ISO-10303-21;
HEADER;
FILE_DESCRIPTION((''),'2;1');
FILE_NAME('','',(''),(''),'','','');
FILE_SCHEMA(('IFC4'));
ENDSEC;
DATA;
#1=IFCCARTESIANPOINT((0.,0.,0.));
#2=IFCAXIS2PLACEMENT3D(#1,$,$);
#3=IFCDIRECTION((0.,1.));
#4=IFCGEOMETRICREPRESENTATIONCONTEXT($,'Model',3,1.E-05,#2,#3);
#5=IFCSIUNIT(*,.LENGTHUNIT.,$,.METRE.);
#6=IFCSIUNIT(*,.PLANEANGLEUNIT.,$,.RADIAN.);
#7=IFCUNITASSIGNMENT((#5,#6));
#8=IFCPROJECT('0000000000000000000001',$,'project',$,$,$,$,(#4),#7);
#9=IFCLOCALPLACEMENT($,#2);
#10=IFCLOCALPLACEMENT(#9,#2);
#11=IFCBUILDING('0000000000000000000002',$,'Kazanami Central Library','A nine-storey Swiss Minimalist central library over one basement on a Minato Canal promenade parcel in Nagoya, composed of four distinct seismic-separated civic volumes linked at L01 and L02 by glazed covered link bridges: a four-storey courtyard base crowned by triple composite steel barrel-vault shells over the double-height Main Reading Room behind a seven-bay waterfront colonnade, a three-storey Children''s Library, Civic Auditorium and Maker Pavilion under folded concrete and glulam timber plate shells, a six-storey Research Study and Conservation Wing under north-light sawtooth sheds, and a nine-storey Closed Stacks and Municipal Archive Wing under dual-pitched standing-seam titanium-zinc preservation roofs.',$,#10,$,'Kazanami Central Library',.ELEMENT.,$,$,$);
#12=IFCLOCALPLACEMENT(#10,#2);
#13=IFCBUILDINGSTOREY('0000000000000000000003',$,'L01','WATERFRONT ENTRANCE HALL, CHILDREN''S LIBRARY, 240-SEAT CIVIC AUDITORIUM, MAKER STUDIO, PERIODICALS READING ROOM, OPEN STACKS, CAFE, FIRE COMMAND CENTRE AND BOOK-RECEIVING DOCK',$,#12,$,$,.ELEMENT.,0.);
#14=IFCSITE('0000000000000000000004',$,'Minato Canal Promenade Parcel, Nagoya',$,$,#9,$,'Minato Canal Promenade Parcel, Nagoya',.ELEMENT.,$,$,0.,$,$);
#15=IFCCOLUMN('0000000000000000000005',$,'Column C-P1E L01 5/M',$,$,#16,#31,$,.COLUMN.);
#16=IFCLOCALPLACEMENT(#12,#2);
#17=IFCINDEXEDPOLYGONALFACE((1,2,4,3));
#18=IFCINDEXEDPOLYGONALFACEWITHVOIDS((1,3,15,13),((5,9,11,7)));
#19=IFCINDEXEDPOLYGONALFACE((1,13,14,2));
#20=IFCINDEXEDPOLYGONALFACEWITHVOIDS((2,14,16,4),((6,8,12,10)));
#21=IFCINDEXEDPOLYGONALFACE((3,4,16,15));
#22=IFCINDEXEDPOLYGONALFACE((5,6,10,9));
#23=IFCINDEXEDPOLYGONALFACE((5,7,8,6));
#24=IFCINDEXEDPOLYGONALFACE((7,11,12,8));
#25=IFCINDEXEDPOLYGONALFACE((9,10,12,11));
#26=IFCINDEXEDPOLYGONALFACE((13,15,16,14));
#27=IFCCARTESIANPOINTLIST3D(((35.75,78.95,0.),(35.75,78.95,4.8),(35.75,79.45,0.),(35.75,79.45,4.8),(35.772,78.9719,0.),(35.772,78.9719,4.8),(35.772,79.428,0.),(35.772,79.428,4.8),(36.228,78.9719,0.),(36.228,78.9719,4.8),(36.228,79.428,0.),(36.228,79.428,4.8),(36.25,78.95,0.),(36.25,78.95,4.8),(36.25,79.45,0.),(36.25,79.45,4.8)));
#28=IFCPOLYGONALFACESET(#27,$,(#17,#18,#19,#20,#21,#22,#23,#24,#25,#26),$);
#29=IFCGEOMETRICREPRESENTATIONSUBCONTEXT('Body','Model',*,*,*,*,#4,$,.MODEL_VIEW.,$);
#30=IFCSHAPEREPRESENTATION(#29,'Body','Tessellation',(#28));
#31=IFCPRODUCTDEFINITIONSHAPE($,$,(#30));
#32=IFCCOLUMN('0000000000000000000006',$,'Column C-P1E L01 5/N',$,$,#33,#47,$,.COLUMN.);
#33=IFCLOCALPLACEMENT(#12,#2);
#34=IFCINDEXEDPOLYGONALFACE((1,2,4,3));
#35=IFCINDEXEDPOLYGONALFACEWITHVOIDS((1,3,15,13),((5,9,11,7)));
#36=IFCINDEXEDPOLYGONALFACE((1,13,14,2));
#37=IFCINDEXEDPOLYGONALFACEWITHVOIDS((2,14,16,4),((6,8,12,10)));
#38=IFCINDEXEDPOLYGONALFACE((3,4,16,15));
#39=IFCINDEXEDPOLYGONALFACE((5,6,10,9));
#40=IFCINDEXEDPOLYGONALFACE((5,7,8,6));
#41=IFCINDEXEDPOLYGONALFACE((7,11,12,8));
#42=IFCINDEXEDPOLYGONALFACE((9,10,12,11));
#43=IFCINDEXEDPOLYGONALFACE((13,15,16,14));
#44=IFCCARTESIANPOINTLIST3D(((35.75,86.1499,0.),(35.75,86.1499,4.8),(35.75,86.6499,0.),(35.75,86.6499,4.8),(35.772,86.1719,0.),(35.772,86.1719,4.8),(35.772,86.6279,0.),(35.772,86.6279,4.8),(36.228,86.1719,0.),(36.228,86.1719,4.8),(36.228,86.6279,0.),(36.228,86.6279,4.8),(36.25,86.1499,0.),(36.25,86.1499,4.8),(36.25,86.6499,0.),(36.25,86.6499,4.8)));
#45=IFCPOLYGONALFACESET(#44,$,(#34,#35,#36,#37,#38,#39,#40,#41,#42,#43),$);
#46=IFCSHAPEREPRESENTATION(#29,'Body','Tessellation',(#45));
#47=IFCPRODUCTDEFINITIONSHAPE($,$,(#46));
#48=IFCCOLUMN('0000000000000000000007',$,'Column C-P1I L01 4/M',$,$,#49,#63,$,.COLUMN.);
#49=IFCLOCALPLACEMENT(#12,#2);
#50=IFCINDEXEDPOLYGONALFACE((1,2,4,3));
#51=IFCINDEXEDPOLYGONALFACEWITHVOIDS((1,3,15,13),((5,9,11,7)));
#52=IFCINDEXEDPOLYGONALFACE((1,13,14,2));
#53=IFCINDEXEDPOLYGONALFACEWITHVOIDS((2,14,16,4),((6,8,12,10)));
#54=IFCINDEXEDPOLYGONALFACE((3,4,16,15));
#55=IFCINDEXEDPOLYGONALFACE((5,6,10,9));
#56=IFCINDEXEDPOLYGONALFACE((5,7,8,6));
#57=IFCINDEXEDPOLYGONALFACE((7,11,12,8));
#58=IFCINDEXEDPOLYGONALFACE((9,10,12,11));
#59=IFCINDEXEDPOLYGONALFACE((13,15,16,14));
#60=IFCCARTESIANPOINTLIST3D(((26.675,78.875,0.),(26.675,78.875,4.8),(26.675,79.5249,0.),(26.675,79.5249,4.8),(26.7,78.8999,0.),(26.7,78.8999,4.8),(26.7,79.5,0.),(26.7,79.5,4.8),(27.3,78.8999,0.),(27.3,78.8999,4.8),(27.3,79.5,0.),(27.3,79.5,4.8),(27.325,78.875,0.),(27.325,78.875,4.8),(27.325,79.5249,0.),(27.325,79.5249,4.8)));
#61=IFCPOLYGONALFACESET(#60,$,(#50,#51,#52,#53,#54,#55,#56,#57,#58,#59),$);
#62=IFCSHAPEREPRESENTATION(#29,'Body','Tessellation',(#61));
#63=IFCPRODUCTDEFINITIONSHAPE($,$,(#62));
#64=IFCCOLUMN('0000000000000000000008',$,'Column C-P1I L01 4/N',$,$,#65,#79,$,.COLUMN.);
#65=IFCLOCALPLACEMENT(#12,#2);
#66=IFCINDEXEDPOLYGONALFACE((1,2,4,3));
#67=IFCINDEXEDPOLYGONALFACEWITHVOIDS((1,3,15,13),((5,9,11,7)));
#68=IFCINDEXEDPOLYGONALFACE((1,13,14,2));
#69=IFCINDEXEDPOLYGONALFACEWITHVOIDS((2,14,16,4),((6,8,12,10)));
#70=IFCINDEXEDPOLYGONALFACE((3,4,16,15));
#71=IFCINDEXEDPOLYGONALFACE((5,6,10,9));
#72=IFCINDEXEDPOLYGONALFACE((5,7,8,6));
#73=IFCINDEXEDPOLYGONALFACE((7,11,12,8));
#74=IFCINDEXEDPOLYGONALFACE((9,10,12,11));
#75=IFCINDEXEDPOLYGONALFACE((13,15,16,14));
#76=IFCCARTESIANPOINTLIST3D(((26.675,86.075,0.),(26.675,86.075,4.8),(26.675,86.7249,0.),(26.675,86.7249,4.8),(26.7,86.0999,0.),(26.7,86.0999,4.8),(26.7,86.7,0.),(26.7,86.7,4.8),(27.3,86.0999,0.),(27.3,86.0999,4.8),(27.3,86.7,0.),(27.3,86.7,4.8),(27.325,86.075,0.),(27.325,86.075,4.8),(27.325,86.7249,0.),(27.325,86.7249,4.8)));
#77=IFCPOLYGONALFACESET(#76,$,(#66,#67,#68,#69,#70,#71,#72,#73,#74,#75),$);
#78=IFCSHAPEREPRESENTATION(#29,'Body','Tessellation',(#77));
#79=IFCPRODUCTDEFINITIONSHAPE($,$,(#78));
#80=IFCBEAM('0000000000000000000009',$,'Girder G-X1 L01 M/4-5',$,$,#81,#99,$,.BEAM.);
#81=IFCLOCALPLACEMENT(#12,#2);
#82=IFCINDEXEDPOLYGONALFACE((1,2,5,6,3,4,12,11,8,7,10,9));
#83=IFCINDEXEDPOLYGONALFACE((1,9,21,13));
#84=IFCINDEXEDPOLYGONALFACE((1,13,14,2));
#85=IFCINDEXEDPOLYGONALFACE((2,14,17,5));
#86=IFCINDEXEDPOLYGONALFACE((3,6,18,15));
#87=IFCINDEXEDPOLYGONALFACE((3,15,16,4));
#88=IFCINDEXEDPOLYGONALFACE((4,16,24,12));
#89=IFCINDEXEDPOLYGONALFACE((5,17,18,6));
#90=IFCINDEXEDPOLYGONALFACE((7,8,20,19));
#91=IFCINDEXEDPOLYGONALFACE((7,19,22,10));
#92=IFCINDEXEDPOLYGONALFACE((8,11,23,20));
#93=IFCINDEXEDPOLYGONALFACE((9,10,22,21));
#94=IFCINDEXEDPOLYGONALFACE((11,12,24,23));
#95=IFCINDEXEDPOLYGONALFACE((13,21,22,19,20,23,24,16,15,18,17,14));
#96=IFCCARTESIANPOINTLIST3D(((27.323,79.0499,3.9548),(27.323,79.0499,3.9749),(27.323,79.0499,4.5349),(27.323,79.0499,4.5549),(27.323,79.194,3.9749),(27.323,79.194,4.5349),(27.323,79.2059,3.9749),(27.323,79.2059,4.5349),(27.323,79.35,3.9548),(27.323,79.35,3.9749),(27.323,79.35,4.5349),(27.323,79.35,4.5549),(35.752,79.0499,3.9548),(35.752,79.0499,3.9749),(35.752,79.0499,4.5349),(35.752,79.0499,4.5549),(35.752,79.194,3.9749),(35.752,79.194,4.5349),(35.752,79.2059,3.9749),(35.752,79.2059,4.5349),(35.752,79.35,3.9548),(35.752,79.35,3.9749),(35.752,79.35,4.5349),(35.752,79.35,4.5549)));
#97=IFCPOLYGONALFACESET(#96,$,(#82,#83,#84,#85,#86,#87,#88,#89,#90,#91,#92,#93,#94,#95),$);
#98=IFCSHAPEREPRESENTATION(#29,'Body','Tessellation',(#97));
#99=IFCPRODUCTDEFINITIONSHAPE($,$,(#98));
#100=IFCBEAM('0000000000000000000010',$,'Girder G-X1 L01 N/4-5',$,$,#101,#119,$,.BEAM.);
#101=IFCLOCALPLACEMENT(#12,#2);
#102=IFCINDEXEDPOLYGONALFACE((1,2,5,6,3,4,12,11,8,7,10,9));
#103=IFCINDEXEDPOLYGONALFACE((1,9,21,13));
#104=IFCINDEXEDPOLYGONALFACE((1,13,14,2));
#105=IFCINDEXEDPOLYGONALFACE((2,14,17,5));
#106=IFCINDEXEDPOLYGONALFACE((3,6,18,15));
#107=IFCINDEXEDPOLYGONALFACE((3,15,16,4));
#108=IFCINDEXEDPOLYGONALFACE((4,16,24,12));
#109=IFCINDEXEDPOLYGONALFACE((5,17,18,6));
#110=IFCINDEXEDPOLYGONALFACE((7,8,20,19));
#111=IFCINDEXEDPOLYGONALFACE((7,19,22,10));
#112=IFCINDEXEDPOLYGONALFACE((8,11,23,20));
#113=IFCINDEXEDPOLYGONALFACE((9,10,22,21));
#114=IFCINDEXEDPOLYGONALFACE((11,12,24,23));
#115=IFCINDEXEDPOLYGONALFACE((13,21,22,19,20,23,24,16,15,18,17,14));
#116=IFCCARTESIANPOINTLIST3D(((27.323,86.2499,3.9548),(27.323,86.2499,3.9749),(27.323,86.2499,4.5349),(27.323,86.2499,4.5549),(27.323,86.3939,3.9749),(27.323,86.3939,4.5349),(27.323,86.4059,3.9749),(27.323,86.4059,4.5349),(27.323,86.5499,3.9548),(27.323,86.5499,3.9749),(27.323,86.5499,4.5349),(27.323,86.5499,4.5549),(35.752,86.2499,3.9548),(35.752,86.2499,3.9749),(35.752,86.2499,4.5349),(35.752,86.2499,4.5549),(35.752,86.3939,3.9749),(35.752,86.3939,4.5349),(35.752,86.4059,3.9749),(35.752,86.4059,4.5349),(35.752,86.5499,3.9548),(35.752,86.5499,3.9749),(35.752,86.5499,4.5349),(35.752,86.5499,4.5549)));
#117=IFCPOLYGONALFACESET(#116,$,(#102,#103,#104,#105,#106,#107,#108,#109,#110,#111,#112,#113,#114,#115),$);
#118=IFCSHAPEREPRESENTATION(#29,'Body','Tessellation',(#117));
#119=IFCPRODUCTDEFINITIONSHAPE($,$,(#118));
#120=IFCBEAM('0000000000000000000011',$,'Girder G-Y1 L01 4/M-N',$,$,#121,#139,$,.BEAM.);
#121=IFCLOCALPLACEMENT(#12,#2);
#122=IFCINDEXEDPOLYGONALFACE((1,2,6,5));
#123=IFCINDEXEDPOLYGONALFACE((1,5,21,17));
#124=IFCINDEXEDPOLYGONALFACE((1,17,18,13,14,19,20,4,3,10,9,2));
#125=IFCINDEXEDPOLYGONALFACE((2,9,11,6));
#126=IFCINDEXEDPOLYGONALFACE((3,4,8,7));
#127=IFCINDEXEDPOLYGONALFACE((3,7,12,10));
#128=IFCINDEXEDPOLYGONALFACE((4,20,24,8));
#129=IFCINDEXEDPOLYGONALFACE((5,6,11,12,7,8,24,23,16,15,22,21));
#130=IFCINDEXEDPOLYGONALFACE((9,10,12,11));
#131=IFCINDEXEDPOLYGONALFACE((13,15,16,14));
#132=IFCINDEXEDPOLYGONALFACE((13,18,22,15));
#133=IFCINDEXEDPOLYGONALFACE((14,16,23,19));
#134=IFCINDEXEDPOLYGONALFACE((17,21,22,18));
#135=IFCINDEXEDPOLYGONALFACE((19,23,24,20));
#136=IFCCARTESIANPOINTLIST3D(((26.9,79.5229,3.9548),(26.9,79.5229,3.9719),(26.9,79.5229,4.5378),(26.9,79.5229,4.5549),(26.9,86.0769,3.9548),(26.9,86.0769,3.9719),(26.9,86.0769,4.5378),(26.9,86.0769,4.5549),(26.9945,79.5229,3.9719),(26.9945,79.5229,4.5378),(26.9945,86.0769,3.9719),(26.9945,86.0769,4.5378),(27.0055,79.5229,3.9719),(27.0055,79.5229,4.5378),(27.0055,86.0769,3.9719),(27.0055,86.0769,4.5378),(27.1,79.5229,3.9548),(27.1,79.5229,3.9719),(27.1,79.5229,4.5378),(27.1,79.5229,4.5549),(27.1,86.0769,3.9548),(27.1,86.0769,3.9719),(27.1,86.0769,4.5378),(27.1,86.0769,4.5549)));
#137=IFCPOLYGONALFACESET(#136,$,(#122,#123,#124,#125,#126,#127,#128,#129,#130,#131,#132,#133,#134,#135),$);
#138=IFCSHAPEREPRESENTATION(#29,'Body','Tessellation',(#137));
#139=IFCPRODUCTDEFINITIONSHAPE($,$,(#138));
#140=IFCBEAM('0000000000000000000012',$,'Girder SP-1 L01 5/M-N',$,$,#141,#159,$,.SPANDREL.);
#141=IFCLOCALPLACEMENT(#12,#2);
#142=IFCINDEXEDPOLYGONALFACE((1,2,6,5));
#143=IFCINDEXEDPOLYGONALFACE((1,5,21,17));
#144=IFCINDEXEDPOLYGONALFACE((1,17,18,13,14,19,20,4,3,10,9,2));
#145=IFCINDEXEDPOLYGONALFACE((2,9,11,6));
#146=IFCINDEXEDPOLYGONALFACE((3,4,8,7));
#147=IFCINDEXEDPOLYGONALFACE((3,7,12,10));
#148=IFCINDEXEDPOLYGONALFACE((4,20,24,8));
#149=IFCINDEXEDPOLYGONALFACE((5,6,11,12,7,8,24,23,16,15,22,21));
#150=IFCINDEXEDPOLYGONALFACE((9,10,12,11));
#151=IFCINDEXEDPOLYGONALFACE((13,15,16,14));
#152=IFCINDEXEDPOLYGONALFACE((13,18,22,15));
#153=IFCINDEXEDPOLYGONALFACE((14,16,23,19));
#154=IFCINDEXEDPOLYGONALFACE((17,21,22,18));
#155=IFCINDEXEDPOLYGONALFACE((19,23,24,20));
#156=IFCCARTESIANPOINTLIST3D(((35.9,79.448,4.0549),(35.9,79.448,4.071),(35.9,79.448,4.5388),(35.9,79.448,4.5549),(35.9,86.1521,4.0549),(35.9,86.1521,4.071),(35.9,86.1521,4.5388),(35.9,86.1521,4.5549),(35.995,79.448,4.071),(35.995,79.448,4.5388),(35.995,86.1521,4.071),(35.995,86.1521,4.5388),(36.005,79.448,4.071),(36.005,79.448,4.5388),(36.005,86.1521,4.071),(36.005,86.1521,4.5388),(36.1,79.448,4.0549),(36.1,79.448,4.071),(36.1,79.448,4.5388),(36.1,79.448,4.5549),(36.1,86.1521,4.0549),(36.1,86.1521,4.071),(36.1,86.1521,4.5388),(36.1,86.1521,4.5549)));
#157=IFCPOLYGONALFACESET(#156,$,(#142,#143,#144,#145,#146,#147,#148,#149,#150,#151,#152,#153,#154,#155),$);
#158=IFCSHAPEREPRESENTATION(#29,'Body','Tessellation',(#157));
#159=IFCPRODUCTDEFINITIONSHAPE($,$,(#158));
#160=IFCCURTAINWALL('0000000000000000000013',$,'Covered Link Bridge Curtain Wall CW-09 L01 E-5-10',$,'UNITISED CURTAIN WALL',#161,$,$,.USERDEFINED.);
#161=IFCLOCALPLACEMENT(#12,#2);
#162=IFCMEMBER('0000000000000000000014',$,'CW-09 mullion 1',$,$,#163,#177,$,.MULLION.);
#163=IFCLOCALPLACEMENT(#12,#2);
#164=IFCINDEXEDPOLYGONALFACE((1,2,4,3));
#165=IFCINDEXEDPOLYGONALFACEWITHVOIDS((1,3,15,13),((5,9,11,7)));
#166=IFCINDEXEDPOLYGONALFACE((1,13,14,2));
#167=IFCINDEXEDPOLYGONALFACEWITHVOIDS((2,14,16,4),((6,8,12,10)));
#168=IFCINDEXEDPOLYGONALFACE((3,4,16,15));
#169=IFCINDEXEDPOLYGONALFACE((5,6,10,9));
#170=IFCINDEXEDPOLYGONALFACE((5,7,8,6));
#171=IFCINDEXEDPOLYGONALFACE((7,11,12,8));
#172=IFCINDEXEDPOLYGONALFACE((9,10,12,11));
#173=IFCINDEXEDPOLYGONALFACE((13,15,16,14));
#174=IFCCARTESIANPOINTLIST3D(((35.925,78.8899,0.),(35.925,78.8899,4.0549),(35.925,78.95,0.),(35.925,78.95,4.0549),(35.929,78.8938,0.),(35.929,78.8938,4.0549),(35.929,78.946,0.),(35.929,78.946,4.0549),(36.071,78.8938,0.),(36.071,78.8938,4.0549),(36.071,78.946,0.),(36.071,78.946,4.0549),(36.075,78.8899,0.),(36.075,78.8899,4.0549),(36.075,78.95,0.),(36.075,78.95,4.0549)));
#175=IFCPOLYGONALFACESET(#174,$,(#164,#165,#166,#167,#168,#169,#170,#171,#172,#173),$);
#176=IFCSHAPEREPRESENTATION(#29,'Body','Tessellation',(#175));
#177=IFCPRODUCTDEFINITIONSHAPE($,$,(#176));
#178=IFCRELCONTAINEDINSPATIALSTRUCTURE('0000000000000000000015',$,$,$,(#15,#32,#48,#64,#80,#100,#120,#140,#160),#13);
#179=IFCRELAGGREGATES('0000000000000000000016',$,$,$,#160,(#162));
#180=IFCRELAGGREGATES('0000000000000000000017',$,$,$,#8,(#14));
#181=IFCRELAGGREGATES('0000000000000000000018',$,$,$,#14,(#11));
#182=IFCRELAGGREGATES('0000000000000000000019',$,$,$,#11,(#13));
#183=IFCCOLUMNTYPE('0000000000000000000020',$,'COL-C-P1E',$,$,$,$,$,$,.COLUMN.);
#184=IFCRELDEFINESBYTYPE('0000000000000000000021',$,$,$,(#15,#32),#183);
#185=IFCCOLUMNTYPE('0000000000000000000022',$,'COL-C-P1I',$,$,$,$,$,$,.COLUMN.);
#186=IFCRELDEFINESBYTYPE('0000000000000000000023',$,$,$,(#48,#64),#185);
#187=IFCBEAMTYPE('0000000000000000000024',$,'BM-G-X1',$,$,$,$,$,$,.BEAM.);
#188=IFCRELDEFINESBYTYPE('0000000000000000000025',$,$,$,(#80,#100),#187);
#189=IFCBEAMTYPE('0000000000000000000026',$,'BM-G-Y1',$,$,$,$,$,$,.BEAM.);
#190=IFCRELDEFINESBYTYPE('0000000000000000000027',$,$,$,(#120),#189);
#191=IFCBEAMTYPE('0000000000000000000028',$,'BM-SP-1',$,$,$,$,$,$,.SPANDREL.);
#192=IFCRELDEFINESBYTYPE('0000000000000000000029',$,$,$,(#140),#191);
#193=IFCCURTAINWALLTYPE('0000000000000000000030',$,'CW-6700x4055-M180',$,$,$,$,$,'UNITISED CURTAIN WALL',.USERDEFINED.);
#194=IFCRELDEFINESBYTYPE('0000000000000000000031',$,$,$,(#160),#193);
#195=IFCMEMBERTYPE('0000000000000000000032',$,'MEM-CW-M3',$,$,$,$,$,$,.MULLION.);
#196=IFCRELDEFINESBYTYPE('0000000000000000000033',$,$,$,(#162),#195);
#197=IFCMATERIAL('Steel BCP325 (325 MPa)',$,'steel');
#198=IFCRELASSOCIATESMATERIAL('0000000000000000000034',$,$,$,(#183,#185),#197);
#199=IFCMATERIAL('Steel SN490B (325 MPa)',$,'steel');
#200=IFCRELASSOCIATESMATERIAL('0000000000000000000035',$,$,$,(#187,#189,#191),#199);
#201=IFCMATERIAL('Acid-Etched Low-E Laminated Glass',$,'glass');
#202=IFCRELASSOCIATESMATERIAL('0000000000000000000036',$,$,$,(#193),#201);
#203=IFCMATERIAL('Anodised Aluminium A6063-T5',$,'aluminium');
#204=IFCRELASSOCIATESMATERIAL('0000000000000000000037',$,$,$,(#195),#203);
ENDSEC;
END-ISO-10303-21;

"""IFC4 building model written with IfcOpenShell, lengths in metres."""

from ifc_helpers import new_model, si_unit, direction, frame, origin, origin_2d, place, context, subcontext, project, spatial, hollow_rectangle, i_section, extrude, material, material_profile, profile_set, type_object, element, aggregate, save


model = new_model("IFC4")

# Units and contexts
model_context = context("Model", 3, precision=1e-05, world=origin(), true_north=direction((0.0, 1.0)))
body_context = subcontext(model_context, "Body", "Model", "MODEL_VIEW")
ifc_project = project(units=[si_unit("LENGTHUNIT", "METRE"), si_unit("PLANEANGLEUNIT", "RADIAN")], contexts=[model_context])

# Site, building, storey
site_placement = place(None, origin())
site = spatial("IfcSite", under=ifc_project, at=site_placement, Name="Minato Canal Promenade Parcel, Nagoya", LongName="Minato Canal Promenade Parcel, Nagoya", CompositionType="ELEMENT", RefElevation=0.0)
building_placement = place(site_placement, origin())
building = spatial("IfcBuilding", under=site, at=building_placement, Name="Kazanami Central Library", Description="A nine-storey Swiss Minimalist central library over one basement on a Minato Canal promenade parcel in Nagoya, composed of four distinct seismic-separated civic volumes linked at L01 and L02 by glazed covered link bridges: a four-storey courtyard base crowned by triple composite steel barrel-vault shells over the double-height Main Reading Room behind a seven-bay waterfront colonnade, a three-storey Children's Library, Civic Auditorium and Maker Pavilion under folded concrete and glulam timber plate shells, a six-storey Research Study and Conservation Wing under north-light sawtooth sheds, and a nine-storey Closed Stacks and Municipal Archive Wing under dual-pitched standing-seam titanium-zinc preservation roofs.", LongName="Kazanami Central Library", CompositionType="ELEMENT")
storey_placement = place(building_placement, origin())
storey = spatial("IfcBuildingStorey", under=building, at=storey_placement, Name="L01", Description="WATERFRONT ENTRANCE HALL, CHILDREN'S LIBRARY, 240-SEAT CIVIC AUDITORIUM, MAKER STUDIO, PERIODICALS READING ROOM, OPEN STACKS, CAFE, FIRE COMMAND CENTRE AND BOOK-RECEIVING DOCK", CompositionType="ELEMENT", Elevation=0.0)

# Columns
ifc_material_1 = material(Name="Steel BCP325 (325 MPa)", Category="steel")
ifc_material_profile_1 = material_profile(ifc_material_1, hollow_rectangle(XDim=0.5, YDim=0.5, WallThickness=0.022, at=origin_2d()), Name="BCP-500x500x22")
ifc_profile_set_1 = profile_set([ifc_material_profile_1], Name="Steel BCP325 (325 MPa)")
column_type_1 = type_object("IfcColumnType", Name="COL-C-P1E", PredefinedType="COLUMN", material=ifc_profile_set_1)
for number, where, z_axis, x_axis, name in (
    (1, (36.0, 79.2, 0.0), (0.0, 0.0, 1.0), (1.0, 0.0, 0.0), "Column C-P1E L01 5/M"),
    (2, (36.0, 86.3999, 0.0), (0.0, 0.0, 1.0), (1.0, 0.0, 0.0), "Column C-P1E L01 5/N"),
):
    element("IfcColumn", number, at=place(storey_placement, frame(where, z_axis=z_axis, x_axis=x_axis)), inside=storey, type_object=column_type_1, Name=name, PredefinedType="COLUMN", context=body_context, shape_type="SweptSolid", body=[
        extrude(hollow_rectangle(XDim=0.5, YDim=0.5, WallThickness=0.022, at=origin_2d()), origin(), (0.0, 0.0, 1.0), 4.8),
    ])
ifc_material_profile_2 = material_profile(ifc_material_1, hollow_rectangle(XDim=0.6499, YDim=0.6499, WallThickness=0.0249, at=origin_2d()), Name="BCP-650x650x25")
ifc_profile_set_2 = profile_set([ifc_material_profile_2], Name="Steel BCP325 (325 MPa)")
column_type_2 = type_object("IfcColumnType", Name="COL-C-P1I", PredefinedType="COLUMN", material=ifc_profile_set_2)
for number, where, z_axis, x_axis, name in (
    (3, (27.0, 79.2, 0.0), (0.0, 0.0, 1.0), (1.0, 0.0, 0.0), "Column C-P1I L01 4/M"),
    (4, (27.0, 86.3999, 0.0), (0.0, 0.0, 1.0), (1.0, 0.0, 0.0), "Column C-P1I L01 4/N"),
):
    element("IfcColumn", number, at=place(storey_placement, frame(where, z_axis=z_axis, x_axis=x_axis)), inside=storey, type_object=column_type_2, Name=name, PredefinedType="COLUMN", context=body_context, shape_type="SweptSolid", body=[
        extrude(hollow_rectangle(XDim=0.6499, YDim=0.6499, WallThickness=0.0249, at=origin_2d()), origin(), (0.0, 0.0, 1.0), 4.8),
    ])

# Beams
ifc_material_2 = material(Name="Steel SN490B (325 MPa)", Category="steel")
ifc_material_profile_3 = material_profile(ifc_material_2, i_section(OverallWidth=0.3, OverallDepth=0.6001, WebThickness=0.012, FlangeThickness=0.02, at=origin_2d()), Name="H-600x300x12x20")
ifc_profile_set_3 = profile_set([ifc_material_profile_3], Name="Steel SN490B (325 MPa)")
beam_type_1 = type_object("IfcBeamType", Name="BM-G-X1", PredefinedType="BEAM", material=ifc_profile_set_3)
for number, where, z_axis, x_axis, name in (
    (5, (27.323, 79.2, 4.2549), (1.0, 0.0, 0.0), (0.0, 1.0, 0.0), "Girder G-X1 L01 M/4-5"),
    (6, (27.323, 86.3999, 4.2549), (1.0, 0.0, 0.0), (0.0, 1.0, 0.0), "Girder G-X1 L01 N/4-5"),
):
    element("IfcBeam", number, at=place(storey_placement, frame(where, z_axis=z_axis, x_axis=x_axis)), inside=storey, type_object=beam_type_1, Name=name, PredefinedType="BEAM", context=body_context, shape_type="SweptSolid", body=[
        extrude(i_section(OverallWidth=0.3, OverallDepth=0.6001, WebThickness=0.012, FlangeThickness=0.02, at=origin_2d()), origin(), (0.0, 0.0, 1.0), 8.429),
    ])
ifc_material_profile_4 = material_profile(ifc_material_2, i_section(OverallWidth=0.2, OverallDepth=0.6001, WebThickness=0.011, FlangeThickness=0.0171, at=origin_2d()), Name="H-600x200x11x17")
ifc_profile_set_4 = profile_set([ifc_material_profile_4], Name="Steel SN490B (325 MPa)")
beam_type_2 = type_object("IfcBeamType", Name="BM-G-Y1", PredefinedType="BEAM", material=ifc_profile_set_4)
beam_1_placement = place(storey_placement, frame((27.0, 79.5229, 4.2549), z_axis=(0.0, 1.0, 0.0), x_axis=(-1.0, 0.0, 0.0)))
element("IfcBeam", 7, at=beam_1_placement, inside=storey, type_object=beam_type_2, Name="Girder G-Y1 L01 4/M-N", PredefinedType="BEAM", context=body_context, shape_type="SweptSolid", body=[
    extrude(i_section(OverallWidth=0.2, OverallDepth=0.6001, WebThickness=0.011, FlangeThickness=0.0171, at=origin_2d()), origin(), (0.0, 0.0, 1.0), 6.554),
])
ifc_material_profile_5 = material_profile(ifc_material_2, i_section(OverallWidth=0.2, OverallDepth=0.5, WebThickness=0.01, FlangeThickness=0.0161, at=origin_2d()), Name="H-500x200x10x16")
ifc_profile_set_5 = profile_set([ifc_material_profile_5], Name="Steel SN490B (325 MPa)")
beam_type_3 = type_object("IfcBeamType", Name="BM-SP-1", PredefinedType="SPANDREL", material=ifc_profile_set_5)
beam_2_placement = place(storey_placement, frame((36.0, 79.448, 4.3049), z_axis=(0.0, 1.0, 0.0), x_axis=(-1.0, 0.0, 0.0)))
element("IfcBeam", 8, at=beam_2_placement, inside=storey, type_object=beam_type_3, Name="Girder SP-1 L01 5/M-N", PredefinedType="SPANDREL", context=body_context, shape_type="SweptSolid", body=[
    extrude(i_section(OverallWidth=0.2, OverallDepth=0.5, WebThickness=0.01, FlangeThickness=0.0161, at=origin_2d()), origin(), (0.0, 0.0, 1.0), 6.7041),
])

# Curtain wall, member
ifc_material_3 = material(Name="Acid-Etched Low-E Laminated Glass", Category="glass")
curtain_wall_type = type_object("IfcCurtainWallType", Name="CW-6700x4055-M180", ElementType="UNITISED CURTAIN WALL", PredefinedType="USERDEFINED", material=ifc_material_3)
curtain_wall_placement = place(storey_placement, origin())
curtain_wall = element("IfcCurtainWall", 9, at=curtain_wall_placement, inside=storey, type_object=curtain_wall_type, Name="Covered Link Bridge Curtain Wall CW-09 L01 E-5-10", ObjectType="UNITISED CURTAIN WALL", PredefinedType="USERDEFINED")
ifc_material_4 = material(Name="Anodised Aluminium A6063-T5", Category="aluminium")
ifc_material_profile_6 = material_profile(ifc_material_4, hollow_rectangle(XDim=0.0601, YDim=0.1499, WallThickness=0.0039, at=origin_2d()), Name="ALU-MULL-60x150x4")
ifc_profile_set_6 = profile_set([ifc_material_profile_6], Name="Anodised Aluminium A6063-T5")
member_type_1 = type_object("IfcMemberType", Name="MEM-CW-M3", PredefinedType="MULLION", material=ifc_profile_set_6)
member_1_placement = place(storey_placement, frame((36.0, 78.9199, 0.0), z_axis=(0.0, 0.0, 1.0), x_axis=(0.0, -1.0, 0.0)))
member_1 = element("IfcMember", 10, at=member_1_placement, type_object=member_type_1, Name="CW-09 mullion 1", PredefinedType="MULLION", context=body_context, shape_type="SweptSolid", body=[
    extrude(hollow_rectangle(XDim=0.0601, YDim=0.1499, WallThickness=0.0039, at=origin_2d()), origin(), (0.0, 0.0, 1.0), 4.0549),
])
aggregate(curtain_wall, [member_1])

save(model, "model.ifc")
